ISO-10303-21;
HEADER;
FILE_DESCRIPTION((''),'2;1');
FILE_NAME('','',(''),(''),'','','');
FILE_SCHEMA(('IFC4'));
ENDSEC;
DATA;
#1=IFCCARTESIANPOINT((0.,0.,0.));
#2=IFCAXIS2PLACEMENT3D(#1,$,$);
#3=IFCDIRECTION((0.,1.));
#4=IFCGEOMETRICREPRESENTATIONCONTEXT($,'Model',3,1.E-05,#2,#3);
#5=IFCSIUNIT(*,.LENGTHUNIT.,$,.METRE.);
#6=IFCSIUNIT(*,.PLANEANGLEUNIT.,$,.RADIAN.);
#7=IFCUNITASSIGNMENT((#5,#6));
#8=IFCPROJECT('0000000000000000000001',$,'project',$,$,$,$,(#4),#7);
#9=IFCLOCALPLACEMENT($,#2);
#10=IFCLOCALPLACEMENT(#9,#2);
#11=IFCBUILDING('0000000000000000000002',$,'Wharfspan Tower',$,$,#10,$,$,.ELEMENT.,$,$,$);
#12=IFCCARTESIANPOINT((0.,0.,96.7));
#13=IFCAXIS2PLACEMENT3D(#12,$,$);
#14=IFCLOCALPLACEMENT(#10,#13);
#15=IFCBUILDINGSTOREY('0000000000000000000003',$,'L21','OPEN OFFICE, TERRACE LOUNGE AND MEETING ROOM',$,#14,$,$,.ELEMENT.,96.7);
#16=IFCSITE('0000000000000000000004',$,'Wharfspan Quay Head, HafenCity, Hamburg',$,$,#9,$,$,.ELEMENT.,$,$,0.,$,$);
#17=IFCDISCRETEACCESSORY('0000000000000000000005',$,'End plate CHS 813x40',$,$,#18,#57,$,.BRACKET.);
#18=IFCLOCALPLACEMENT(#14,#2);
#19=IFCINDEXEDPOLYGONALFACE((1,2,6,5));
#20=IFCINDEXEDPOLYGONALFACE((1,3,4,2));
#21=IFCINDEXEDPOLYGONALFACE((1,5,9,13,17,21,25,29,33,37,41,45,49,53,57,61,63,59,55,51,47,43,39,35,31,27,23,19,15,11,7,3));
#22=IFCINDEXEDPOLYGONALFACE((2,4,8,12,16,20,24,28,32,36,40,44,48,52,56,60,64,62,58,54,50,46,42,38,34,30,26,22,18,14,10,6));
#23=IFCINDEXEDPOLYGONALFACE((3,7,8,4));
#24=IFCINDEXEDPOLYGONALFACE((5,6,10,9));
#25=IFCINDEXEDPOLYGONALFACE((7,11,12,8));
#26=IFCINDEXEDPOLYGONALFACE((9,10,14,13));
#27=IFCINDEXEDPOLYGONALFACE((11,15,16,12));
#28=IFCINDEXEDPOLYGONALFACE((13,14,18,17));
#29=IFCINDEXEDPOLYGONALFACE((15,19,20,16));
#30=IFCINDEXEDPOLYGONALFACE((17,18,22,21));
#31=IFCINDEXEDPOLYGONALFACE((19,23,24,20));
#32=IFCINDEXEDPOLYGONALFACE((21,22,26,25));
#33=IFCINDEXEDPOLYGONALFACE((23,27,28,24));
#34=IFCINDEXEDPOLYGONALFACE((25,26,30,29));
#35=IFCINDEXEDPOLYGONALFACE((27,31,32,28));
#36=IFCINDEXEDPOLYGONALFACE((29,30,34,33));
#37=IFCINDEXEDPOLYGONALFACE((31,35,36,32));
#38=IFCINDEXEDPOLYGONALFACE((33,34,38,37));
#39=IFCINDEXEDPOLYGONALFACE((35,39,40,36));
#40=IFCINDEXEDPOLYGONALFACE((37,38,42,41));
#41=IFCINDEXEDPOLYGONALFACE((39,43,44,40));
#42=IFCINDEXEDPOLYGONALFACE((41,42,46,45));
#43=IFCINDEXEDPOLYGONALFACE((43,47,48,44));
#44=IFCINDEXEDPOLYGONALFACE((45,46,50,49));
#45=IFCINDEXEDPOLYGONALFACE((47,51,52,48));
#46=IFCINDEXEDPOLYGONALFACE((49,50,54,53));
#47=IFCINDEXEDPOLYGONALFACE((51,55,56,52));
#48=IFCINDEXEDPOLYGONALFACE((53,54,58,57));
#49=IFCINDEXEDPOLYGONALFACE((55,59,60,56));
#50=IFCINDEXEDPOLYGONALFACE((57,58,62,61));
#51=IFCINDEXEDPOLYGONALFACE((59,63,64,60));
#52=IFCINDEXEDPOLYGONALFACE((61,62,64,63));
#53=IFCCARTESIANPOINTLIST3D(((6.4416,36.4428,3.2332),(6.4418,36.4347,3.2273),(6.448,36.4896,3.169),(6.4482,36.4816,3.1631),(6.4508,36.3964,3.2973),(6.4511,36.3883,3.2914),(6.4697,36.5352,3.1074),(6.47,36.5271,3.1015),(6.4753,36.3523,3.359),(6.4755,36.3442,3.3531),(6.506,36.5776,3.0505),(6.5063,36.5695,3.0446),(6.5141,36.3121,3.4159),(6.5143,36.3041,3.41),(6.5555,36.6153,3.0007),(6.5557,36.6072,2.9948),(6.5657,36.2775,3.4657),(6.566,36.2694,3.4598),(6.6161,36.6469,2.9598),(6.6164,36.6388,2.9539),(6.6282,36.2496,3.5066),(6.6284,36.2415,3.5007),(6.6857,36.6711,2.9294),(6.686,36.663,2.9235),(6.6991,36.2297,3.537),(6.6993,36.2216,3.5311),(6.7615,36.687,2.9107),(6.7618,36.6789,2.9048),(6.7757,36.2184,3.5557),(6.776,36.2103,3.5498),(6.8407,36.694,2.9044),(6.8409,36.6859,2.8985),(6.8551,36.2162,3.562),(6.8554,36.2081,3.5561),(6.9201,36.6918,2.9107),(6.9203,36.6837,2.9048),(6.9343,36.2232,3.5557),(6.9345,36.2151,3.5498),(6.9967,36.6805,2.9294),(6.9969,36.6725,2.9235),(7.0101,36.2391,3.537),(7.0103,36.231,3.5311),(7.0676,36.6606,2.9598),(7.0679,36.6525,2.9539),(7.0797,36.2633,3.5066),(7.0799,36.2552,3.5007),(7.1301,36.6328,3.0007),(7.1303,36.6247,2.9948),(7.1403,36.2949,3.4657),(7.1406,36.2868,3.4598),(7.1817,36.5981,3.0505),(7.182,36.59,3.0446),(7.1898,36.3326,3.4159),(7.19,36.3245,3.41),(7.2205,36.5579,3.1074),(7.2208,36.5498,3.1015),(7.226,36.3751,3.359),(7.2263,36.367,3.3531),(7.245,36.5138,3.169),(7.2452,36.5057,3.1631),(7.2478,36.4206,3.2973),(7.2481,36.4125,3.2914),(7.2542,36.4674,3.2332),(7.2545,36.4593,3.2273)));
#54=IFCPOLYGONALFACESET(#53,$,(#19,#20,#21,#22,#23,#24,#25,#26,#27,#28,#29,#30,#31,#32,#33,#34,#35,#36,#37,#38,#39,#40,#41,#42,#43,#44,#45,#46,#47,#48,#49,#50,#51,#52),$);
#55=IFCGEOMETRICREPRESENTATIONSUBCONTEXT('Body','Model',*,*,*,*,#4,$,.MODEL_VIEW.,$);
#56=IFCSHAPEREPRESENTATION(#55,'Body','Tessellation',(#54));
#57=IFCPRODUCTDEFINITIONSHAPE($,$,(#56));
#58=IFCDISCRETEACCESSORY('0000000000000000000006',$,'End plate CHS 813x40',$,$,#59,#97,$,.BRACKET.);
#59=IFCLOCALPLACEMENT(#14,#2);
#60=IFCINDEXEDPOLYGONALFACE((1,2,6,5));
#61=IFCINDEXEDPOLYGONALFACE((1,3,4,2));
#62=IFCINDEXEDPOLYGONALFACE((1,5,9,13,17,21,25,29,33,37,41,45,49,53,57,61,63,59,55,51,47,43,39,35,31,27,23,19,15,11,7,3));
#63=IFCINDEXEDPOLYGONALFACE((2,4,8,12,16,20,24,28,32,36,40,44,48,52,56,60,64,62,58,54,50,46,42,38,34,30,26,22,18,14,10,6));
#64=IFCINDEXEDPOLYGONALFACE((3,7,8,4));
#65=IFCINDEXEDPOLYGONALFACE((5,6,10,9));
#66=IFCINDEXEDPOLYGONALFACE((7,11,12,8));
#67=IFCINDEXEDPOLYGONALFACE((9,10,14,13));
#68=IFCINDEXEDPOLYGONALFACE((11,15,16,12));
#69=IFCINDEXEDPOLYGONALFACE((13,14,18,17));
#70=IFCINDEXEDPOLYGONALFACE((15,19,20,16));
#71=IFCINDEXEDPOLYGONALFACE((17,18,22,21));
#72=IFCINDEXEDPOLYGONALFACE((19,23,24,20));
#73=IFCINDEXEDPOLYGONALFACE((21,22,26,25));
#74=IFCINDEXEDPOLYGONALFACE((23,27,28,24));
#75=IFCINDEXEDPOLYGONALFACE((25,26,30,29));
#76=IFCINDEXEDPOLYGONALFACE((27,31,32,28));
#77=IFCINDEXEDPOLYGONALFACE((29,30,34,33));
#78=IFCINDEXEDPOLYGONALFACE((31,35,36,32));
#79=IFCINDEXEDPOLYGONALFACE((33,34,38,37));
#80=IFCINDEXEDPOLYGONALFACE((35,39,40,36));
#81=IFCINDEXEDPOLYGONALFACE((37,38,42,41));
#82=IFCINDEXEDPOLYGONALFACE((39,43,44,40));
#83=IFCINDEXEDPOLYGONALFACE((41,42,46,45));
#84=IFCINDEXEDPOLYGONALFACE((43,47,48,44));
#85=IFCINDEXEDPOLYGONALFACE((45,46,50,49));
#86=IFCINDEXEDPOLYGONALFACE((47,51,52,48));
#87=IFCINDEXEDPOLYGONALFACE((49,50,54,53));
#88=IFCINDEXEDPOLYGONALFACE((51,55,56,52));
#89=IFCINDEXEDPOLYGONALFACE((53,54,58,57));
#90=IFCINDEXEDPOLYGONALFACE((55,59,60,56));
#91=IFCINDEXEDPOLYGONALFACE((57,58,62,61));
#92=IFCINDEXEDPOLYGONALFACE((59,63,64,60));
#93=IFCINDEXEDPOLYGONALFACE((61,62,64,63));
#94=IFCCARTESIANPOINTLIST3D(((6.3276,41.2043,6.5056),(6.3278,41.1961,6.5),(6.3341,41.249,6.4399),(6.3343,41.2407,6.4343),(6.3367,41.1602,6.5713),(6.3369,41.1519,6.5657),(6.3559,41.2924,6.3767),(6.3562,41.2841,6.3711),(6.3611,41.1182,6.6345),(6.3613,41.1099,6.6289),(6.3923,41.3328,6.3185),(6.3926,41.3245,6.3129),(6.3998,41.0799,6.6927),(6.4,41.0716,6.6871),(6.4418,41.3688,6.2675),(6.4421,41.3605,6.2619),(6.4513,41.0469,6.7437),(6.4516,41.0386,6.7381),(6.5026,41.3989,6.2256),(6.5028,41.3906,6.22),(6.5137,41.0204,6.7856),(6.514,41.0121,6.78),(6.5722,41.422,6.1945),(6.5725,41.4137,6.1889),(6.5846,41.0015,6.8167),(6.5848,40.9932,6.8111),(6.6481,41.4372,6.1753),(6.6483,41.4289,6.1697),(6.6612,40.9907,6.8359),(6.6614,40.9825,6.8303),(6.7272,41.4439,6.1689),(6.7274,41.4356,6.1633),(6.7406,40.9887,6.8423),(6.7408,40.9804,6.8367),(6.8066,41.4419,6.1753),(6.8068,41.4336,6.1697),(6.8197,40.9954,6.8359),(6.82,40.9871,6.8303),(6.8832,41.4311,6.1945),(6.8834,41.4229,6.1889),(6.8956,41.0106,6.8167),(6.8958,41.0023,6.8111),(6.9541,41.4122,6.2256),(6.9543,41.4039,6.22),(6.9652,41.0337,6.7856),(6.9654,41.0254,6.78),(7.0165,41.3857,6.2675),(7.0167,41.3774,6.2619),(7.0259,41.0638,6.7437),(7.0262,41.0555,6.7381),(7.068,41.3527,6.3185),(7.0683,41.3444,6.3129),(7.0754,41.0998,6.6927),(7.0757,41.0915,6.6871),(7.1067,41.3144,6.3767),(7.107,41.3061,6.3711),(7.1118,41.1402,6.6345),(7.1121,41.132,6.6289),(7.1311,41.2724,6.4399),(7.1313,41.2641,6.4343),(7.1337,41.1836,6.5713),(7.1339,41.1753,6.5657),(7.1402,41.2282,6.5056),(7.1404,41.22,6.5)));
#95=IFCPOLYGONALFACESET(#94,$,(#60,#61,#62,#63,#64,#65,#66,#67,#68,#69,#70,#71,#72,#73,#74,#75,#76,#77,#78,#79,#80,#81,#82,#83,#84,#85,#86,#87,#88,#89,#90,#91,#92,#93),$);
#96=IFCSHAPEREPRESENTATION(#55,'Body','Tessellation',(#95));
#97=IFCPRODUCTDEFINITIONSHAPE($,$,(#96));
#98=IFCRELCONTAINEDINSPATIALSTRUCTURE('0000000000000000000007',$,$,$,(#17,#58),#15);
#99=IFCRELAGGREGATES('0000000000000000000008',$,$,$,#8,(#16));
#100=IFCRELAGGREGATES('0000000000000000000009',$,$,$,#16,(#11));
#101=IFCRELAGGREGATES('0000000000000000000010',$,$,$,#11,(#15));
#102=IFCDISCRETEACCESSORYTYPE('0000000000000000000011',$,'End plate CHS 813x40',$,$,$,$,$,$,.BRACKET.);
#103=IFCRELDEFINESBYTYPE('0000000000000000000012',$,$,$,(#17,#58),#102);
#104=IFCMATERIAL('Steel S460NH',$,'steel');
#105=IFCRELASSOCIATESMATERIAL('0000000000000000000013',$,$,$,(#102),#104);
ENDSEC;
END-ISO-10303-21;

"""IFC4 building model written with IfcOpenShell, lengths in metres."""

from ifc_helpers import new_model, si_unit, direction, frame, origin, origin_2d, place, context, subcontext, project, spatial, circle, extrude, material, material_profile, profile_set, type_object, element, save


model = new_model("IFC4")

# Units and contexts
model_context = context("Model", 3, precision=1e-05, world=origin(), true_north=direction((0.0, 1.0)))
body_context = subcontext(model_context, "Body", "Model", "MODEL_VIEW")
ifc_project = project(units=[si_unit("LENGTHUNIT", "METRE"), si_unit("PLANEANGLEUNIT", "RADIAN")], contexts=[model_context])

# Site, building, storey
site_placement = place(None, origin())
site = spatial("IfcSite", under=ifc_project, at=site_placement, Name="Wharfspan Quay Head, HafenCity, Hamburg", CompositionType="ELEMENT", RefElevation=0.0)
building_placement = place(site_placement, origin())
building = spatial("IfcBuilding", under=site, at=building_placement, Name="Wharfspan Tower", CompositionType="ELEMENT")
storey_placement = place(building_placement, frame((0.0, 0.0, 96.7)))
storey = spatial("IfcBuildingStorey", under=building, at=storey_placement, Name="L21", Description="OPEN OFFICE, TERRACE LOUNGE AND MEETING ROOM", CompositionType="ELEMENT", Elevation=96.7)

# Shared definitions
ifc_material_1 = material(Name="Steel S460NH", Category="steel")

# Discrete accessories
ifc_material_profile_1 = material_profile(ifc_material_1, circle(Radius=0.4065, at=origin_2d()))
ifc_profile_set_1 = profile_set([ifc_material_profile_1], Name="Steel S460NH")
discrete_accessory_type = type_object("IfcDiscreteAccessoryType", Name="End plate CHS 813x40", PredefinedType="BRACKET", material=ifc_profile_set_1)
for number, where, z_axis, x_axis, name in (
    (1, (6.8481, 36.447, 3.2273), (-0.0245, 0.808493, 0.587995), (-0.999537, -0.03029, 0.000001), "End plate CHS 813x40"),
    (2, (6.7341, 41.208, 6.5), (-0.024354, 0.828038, 0.560143), (-0.999568, -0.029399, 0.0), "End plate CHS 813x40"),
):
    element("IfcDiscreteAccessory", number, at=place(storey_placement, frame(where, z_axis=z_axis, x_axis=x_axis)), inside=storey, type_object=discrete_accessory_type, Name=name, PredefinedType="BRACKET", context=body_context, shape_type="SweptSolid", body=[
        extrude(circle(Radius=0.4065, at=origin_2d()), origin(), (0.0, 0.0, 1.0), 0.01),
    ])

save(model, "model.ifc")
